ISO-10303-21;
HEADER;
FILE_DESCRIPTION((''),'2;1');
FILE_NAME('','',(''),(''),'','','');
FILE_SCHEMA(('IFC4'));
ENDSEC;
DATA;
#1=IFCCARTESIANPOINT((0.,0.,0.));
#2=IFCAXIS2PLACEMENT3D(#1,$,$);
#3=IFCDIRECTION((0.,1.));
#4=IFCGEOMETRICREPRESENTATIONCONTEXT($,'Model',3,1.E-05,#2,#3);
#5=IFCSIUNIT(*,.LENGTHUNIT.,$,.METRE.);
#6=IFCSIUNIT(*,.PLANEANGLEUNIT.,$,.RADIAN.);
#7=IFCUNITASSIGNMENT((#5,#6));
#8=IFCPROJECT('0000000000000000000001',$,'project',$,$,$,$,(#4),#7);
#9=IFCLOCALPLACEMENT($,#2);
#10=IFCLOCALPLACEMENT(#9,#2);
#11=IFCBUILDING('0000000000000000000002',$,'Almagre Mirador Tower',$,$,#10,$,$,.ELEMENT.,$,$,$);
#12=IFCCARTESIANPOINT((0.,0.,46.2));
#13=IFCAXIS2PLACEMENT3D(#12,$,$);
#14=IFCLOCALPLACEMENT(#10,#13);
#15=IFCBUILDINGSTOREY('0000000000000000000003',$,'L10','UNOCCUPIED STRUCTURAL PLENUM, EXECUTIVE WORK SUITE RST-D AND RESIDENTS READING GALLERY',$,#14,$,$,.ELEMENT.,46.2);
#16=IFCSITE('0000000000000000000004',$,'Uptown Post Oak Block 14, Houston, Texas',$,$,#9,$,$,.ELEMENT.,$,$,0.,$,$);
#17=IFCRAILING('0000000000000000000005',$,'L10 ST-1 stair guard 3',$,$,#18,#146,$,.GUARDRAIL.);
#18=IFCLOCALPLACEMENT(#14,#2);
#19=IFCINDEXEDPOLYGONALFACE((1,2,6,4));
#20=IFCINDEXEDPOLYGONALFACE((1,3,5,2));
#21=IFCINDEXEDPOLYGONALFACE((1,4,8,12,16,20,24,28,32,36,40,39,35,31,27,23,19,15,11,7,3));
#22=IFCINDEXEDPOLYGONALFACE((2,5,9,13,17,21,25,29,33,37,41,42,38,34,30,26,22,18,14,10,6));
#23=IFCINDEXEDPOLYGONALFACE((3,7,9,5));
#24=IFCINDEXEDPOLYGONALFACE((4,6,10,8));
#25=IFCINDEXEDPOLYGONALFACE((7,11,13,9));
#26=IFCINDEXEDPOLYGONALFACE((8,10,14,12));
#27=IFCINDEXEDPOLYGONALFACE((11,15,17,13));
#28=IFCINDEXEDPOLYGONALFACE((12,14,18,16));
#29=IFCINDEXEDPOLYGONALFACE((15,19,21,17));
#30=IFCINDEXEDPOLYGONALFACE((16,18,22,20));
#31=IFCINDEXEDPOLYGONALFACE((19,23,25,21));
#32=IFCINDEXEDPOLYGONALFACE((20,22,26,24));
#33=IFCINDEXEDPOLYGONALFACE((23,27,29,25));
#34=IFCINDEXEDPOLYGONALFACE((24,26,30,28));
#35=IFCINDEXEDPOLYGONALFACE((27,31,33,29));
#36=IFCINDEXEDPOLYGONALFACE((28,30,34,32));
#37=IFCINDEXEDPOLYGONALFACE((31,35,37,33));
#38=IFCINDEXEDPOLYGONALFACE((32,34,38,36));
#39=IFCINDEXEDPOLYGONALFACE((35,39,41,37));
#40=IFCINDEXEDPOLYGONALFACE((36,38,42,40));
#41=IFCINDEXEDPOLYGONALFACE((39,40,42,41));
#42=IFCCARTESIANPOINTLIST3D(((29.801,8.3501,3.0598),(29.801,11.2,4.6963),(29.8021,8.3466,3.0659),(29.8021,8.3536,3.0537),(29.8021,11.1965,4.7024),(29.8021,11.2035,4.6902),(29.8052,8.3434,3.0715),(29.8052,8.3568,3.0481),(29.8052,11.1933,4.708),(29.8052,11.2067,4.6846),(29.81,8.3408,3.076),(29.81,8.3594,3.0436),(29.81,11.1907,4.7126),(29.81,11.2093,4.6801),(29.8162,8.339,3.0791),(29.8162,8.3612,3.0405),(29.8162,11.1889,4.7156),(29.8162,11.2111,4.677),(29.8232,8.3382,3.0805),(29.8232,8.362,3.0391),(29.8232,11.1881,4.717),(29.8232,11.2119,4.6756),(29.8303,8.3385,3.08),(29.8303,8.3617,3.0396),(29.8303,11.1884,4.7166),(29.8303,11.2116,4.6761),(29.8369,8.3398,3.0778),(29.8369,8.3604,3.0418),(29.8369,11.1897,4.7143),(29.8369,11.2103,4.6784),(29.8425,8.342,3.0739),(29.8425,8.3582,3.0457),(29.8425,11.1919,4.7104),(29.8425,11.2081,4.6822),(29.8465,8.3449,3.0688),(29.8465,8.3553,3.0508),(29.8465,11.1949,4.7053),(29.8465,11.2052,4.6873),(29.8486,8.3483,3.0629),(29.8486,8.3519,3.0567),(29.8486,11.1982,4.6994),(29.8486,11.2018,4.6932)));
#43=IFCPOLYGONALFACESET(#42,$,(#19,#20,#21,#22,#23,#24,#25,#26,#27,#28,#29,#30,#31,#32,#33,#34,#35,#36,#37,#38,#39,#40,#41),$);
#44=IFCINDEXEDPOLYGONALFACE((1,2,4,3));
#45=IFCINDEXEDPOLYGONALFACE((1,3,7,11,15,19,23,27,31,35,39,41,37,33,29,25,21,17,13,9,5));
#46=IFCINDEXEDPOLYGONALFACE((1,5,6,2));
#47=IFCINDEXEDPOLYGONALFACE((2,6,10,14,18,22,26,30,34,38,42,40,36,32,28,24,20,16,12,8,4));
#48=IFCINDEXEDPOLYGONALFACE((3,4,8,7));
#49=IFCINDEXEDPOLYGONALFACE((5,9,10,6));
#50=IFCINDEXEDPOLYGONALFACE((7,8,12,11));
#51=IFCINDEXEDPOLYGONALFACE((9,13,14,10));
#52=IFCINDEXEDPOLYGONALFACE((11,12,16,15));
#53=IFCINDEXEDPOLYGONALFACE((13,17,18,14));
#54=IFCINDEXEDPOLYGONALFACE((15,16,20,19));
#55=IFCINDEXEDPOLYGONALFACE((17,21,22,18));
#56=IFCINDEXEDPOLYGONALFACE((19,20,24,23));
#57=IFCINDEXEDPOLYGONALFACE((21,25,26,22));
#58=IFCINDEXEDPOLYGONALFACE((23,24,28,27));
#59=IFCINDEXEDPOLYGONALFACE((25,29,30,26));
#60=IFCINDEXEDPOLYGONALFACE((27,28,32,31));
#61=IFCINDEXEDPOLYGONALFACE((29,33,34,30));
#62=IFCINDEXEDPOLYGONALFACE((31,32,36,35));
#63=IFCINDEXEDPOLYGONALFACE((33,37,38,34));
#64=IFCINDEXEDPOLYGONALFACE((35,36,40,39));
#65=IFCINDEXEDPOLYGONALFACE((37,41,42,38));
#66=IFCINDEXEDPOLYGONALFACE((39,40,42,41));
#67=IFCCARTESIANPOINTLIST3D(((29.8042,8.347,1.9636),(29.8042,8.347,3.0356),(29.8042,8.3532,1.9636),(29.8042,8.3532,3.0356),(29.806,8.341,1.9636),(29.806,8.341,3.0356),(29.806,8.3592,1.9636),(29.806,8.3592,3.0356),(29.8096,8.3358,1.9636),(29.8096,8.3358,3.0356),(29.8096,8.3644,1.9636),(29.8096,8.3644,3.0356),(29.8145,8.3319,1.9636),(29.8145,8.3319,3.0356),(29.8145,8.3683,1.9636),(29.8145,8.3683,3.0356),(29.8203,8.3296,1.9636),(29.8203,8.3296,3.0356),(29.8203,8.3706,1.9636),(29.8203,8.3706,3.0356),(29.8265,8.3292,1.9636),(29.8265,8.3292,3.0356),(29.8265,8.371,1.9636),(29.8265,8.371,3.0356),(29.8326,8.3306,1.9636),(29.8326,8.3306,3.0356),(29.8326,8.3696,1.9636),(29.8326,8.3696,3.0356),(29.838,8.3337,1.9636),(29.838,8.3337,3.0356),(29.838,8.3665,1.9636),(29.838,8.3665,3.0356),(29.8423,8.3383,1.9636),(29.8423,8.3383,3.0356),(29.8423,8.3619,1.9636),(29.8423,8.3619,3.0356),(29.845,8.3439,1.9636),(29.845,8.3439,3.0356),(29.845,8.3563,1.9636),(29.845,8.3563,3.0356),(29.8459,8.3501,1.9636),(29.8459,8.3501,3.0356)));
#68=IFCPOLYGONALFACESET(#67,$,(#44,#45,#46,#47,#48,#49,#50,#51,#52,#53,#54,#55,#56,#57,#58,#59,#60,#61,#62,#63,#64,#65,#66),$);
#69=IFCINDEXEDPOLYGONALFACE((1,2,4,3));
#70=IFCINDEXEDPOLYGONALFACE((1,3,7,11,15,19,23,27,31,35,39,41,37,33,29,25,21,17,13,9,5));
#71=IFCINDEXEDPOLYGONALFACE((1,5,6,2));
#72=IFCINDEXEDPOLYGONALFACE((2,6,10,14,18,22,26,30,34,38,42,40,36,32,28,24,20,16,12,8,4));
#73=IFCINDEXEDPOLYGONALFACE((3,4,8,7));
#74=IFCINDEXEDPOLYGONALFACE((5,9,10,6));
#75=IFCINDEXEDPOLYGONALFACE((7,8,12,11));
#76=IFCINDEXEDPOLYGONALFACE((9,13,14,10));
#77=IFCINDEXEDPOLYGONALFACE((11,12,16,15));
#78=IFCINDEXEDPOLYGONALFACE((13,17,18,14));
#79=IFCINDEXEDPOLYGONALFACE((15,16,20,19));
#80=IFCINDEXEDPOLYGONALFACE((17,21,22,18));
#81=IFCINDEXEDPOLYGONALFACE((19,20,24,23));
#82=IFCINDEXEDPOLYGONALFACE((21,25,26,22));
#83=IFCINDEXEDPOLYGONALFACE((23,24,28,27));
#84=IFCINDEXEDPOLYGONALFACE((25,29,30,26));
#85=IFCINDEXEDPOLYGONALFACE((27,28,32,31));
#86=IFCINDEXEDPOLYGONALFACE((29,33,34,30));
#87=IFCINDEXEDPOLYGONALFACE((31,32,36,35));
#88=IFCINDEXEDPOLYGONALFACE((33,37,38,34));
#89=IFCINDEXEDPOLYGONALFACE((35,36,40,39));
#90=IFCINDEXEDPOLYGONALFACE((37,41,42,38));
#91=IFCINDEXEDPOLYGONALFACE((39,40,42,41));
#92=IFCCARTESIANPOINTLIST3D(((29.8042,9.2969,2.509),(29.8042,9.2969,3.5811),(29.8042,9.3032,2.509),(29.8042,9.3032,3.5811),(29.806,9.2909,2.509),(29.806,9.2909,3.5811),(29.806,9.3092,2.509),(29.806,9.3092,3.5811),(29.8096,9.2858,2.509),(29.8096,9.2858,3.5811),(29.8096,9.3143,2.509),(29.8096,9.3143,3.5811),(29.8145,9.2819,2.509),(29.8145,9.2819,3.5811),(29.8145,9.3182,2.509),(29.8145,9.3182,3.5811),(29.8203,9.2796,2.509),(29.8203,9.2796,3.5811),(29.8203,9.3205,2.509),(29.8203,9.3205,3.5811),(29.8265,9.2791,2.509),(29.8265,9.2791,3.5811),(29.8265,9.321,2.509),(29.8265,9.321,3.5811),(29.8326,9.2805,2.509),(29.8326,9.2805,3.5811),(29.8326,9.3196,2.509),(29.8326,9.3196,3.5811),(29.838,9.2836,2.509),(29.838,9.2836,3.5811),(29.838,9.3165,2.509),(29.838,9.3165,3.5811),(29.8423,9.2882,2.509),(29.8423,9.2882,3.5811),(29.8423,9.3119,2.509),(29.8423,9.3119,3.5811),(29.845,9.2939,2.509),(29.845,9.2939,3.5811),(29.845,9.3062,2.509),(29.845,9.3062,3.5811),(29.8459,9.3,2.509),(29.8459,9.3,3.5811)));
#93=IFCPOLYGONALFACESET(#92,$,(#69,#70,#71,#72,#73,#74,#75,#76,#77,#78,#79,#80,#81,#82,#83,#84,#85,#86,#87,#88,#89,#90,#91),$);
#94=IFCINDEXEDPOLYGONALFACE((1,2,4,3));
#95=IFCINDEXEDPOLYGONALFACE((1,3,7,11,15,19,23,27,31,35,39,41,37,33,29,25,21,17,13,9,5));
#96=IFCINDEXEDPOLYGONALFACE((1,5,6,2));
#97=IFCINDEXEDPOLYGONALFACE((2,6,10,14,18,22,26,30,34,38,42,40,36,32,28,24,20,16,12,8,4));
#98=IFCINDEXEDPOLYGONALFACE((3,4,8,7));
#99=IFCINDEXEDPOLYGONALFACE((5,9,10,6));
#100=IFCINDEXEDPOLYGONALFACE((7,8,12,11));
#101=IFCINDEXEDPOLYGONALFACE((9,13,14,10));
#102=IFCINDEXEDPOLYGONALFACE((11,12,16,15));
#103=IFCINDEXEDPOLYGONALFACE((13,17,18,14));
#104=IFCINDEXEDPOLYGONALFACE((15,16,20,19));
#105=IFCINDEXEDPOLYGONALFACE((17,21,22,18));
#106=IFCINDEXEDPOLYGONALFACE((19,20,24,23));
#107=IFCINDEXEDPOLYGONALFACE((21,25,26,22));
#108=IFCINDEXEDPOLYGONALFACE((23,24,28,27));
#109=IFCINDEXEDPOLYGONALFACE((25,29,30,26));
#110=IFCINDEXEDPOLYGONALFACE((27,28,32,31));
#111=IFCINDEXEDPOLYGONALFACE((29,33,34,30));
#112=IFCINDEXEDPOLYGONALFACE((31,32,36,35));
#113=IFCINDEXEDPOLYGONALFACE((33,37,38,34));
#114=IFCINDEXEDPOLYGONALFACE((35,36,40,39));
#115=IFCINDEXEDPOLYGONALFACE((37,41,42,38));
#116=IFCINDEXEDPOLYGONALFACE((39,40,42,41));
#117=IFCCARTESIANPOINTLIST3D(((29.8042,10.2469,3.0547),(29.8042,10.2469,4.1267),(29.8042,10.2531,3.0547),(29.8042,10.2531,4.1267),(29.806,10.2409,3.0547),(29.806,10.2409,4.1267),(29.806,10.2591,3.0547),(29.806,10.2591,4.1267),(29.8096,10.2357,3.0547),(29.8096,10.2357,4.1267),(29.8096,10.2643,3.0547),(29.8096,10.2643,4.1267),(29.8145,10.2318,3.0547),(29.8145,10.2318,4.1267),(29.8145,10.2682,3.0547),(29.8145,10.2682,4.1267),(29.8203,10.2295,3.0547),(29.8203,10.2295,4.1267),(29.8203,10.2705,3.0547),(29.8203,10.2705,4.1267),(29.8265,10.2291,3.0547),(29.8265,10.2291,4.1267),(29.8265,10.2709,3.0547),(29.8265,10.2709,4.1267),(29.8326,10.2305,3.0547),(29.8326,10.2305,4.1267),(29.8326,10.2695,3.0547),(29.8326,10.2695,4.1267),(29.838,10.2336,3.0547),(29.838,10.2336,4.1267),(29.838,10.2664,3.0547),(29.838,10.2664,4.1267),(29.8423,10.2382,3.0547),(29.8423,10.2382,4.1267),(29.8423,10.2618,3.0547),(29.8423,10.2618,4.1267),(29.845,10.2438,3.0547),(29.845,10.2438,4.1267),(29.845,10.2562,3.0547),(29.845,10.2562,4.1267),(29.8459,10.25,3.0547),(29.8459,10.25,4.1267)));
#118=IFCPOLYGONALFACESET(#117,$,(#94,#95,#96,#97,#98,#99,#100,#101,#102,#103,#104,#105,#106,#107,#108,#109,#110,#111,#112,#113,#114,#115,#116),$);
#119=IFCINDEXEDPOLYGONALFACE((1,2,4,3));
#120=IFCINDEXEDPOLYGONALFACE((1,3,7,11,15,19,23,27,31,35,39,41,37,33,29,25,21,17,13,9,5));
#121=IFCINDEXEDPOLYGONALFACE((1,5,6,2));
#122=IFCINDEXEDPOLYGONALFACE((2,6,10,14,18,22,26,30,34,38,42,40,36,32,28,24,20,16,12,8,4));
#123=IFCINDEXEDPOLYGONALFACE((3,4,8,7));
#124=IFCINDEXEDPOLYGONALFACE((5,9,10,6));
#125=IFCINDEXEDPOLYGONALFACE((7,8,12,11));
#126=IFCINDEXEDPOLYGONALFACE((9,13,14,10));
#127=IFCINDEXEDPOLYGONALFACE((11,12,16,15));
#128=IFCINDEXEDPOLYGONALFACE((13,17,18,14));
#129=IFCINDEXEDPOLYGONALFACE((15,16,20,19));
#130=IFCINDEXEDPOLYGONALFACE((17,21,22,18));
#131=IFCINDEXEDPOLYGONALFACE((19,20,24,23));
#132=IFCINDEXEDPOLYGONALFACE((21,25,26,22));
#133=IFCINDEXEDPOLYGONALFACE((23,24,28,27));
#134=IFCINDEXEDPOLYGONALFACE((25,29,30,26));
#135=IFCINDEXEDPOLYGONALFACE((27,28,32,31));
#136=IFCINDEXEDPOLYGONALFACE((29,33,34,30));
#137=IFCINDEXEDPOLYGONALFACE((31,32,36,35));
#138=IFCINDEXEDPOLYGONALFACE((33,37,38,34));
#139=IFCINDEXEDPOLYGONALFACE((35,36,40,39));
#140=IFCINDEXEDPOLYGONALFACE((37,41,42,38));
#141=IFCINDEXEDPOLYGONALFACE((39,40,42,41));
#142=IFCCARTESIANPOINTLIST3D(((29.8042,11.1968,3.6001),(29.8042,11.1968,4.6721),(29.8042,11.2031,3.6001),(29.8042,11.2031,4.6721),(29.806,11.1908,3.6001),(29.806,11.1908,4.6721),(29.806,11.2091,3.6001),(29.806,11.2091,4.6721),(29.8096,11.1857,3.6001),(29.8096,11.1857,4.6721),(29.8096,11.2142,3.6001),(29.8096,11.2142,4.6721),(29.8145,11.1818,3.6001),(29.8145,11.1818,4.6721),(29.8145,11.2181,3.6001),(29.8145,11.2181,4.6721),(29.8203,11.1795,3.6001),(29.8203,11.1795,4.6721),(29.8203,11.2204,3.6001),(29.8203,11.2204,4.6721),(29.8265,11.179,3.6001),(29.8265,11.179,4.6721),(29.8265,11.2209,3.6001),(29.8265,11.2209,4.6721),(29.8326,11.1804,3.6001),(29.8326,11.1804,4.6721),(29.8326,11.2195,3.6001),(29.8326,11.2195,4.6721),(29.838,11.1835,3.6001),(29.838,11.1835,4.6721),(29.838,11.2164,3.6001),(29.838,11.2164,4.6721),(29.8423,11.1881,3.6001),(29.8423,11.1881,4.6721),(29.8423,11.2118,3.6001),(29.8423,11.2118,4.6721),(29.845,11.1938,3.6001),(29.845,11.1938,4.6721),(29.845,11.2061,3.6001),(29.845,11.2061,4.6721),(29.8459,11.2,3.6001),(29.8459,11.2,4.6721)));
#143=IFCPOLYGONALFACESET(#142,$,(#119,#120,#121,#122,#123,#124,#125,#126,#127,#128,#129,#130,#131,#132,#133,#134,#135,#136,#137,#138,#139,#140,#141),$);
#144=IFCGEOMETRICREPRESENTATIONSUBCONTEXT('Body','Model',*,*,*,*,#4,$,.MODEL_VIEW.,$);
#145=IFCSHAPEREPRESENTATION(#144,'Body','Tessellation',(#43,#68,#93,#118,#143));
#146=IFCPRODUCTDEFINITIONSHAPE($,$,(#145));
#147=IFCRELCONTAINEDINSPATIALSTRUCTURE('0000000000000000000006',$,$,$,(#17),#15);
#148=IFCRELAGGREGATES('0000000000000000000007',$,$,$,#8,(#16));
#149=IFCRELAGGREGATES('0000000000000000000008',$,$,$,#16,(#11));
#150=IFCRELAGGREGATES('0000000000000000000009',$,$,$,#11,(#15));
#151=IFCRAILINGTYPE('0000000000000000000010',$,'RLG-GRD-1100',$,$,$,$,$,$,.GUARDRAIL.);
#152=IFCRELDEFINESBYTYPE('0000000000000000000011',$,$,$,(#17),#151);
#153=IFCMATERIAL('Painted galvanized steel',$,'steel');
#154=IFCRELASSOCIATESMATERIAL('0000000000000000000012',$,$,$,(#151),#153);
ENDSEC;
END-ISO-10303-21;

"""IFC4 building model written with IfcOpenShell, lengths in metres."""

from ifc_helpers import new_model, si_unit, direction, frame, origin, origin_2d, place, context, subcontext, project, spatial, circle, extrude, material, type_object, element, save


model = new_model("IFC4")

# Units and contexts
model_context = context("Model", 3, precision=1e-05, world=origin(), true_north=direction((0.0, 1.0)))
body_context = subcontext(model_context, "Body", "Model", "MODEL_VIEW")
ifc_project = project(units=[si_unit("LENGTHUNIT", "METRE"), si_unit("PLANEANGLEUNIT", "RADIAN")], contexts=[model_context])

# Site, building, storey
site_placement = place(None, origin())
site = spatial("IfcSite", under=ifc_project, at=site_placement, Name="Uptown Post Oak Block 14, Houston, Texas", CompositionType="ELEMENT", RefElevation=0.0)
building_placement = place(site_placement, origin())
building = spatial("IfcBuilding", under=site, at=building_placement, Name="Almagre Mirador Tower", CompositionType="ELEMENT")
storey_placement = place(building_placement, frame((0.0, 0.0, 46.2)))
storey = spatial("IfcBuildingStorey", under=building, at=storey_placement, Name="L10", Description="UNOCCUPIED STRUCTURAL PLENUM, EXECUTIVE WORK SUITE RST-D AND RESIDENTS READING GALLERY", CompositionType="ELEMENT", Elevation=46.2)

# Railing
ifc_material_1 = material(Name="Painted galvanized steel", Category="steel")
railing_type_1 = type_object("IfcRailingType", Name="RLG-GRD-1100", PredefinedType="GUARDRAIL", material=ifc_material_1)
railing_1_placement = place(storey_placement, frame((29.825, 8.3501, 1.9636)))
element("IfcRailing", 1, at=railing_1_placement, inside=storey, type_object=railing_type_1, Name="L10 ST-1 stair guard 3", PredefinedType="GUARDRAIL", context=body_context, shape_type="SweptSolid", body=[
    extrude(circle(Radius=0.0239, at=origin_2d()), frame((0.0, 0.0, 1.0962), z_axis=(0.0, 0.867194, 0.49797), x_axis=(-1.0, 0.0, 0.0)), (0.0, 0.0, 1.0), 3.2864),
    extrude(circle(Radius=0.021, at=origin_2d()), origin(), (0.0, 0.0, 1.0), 1.072),
    extrude(circle(Radius=0.021, at=origin_2d()), frame((0.0, 0.95, 0.5454)), (0.0, 0.0, 1.0), 1.072),
    extrude(circle(Radius=0.021, at=origin_2d()), frame((0.0, 1.8999, 1.0911)), (0.0, 0.0, 1.0), 1.072),
    extrude(circle(Radius=0.021, at=origin_2d()), frame((0.0, 2.8499, 1.6365)), (0.0, 0.0, 1.0), 1.072),
])

save(model, "model.ifc")
